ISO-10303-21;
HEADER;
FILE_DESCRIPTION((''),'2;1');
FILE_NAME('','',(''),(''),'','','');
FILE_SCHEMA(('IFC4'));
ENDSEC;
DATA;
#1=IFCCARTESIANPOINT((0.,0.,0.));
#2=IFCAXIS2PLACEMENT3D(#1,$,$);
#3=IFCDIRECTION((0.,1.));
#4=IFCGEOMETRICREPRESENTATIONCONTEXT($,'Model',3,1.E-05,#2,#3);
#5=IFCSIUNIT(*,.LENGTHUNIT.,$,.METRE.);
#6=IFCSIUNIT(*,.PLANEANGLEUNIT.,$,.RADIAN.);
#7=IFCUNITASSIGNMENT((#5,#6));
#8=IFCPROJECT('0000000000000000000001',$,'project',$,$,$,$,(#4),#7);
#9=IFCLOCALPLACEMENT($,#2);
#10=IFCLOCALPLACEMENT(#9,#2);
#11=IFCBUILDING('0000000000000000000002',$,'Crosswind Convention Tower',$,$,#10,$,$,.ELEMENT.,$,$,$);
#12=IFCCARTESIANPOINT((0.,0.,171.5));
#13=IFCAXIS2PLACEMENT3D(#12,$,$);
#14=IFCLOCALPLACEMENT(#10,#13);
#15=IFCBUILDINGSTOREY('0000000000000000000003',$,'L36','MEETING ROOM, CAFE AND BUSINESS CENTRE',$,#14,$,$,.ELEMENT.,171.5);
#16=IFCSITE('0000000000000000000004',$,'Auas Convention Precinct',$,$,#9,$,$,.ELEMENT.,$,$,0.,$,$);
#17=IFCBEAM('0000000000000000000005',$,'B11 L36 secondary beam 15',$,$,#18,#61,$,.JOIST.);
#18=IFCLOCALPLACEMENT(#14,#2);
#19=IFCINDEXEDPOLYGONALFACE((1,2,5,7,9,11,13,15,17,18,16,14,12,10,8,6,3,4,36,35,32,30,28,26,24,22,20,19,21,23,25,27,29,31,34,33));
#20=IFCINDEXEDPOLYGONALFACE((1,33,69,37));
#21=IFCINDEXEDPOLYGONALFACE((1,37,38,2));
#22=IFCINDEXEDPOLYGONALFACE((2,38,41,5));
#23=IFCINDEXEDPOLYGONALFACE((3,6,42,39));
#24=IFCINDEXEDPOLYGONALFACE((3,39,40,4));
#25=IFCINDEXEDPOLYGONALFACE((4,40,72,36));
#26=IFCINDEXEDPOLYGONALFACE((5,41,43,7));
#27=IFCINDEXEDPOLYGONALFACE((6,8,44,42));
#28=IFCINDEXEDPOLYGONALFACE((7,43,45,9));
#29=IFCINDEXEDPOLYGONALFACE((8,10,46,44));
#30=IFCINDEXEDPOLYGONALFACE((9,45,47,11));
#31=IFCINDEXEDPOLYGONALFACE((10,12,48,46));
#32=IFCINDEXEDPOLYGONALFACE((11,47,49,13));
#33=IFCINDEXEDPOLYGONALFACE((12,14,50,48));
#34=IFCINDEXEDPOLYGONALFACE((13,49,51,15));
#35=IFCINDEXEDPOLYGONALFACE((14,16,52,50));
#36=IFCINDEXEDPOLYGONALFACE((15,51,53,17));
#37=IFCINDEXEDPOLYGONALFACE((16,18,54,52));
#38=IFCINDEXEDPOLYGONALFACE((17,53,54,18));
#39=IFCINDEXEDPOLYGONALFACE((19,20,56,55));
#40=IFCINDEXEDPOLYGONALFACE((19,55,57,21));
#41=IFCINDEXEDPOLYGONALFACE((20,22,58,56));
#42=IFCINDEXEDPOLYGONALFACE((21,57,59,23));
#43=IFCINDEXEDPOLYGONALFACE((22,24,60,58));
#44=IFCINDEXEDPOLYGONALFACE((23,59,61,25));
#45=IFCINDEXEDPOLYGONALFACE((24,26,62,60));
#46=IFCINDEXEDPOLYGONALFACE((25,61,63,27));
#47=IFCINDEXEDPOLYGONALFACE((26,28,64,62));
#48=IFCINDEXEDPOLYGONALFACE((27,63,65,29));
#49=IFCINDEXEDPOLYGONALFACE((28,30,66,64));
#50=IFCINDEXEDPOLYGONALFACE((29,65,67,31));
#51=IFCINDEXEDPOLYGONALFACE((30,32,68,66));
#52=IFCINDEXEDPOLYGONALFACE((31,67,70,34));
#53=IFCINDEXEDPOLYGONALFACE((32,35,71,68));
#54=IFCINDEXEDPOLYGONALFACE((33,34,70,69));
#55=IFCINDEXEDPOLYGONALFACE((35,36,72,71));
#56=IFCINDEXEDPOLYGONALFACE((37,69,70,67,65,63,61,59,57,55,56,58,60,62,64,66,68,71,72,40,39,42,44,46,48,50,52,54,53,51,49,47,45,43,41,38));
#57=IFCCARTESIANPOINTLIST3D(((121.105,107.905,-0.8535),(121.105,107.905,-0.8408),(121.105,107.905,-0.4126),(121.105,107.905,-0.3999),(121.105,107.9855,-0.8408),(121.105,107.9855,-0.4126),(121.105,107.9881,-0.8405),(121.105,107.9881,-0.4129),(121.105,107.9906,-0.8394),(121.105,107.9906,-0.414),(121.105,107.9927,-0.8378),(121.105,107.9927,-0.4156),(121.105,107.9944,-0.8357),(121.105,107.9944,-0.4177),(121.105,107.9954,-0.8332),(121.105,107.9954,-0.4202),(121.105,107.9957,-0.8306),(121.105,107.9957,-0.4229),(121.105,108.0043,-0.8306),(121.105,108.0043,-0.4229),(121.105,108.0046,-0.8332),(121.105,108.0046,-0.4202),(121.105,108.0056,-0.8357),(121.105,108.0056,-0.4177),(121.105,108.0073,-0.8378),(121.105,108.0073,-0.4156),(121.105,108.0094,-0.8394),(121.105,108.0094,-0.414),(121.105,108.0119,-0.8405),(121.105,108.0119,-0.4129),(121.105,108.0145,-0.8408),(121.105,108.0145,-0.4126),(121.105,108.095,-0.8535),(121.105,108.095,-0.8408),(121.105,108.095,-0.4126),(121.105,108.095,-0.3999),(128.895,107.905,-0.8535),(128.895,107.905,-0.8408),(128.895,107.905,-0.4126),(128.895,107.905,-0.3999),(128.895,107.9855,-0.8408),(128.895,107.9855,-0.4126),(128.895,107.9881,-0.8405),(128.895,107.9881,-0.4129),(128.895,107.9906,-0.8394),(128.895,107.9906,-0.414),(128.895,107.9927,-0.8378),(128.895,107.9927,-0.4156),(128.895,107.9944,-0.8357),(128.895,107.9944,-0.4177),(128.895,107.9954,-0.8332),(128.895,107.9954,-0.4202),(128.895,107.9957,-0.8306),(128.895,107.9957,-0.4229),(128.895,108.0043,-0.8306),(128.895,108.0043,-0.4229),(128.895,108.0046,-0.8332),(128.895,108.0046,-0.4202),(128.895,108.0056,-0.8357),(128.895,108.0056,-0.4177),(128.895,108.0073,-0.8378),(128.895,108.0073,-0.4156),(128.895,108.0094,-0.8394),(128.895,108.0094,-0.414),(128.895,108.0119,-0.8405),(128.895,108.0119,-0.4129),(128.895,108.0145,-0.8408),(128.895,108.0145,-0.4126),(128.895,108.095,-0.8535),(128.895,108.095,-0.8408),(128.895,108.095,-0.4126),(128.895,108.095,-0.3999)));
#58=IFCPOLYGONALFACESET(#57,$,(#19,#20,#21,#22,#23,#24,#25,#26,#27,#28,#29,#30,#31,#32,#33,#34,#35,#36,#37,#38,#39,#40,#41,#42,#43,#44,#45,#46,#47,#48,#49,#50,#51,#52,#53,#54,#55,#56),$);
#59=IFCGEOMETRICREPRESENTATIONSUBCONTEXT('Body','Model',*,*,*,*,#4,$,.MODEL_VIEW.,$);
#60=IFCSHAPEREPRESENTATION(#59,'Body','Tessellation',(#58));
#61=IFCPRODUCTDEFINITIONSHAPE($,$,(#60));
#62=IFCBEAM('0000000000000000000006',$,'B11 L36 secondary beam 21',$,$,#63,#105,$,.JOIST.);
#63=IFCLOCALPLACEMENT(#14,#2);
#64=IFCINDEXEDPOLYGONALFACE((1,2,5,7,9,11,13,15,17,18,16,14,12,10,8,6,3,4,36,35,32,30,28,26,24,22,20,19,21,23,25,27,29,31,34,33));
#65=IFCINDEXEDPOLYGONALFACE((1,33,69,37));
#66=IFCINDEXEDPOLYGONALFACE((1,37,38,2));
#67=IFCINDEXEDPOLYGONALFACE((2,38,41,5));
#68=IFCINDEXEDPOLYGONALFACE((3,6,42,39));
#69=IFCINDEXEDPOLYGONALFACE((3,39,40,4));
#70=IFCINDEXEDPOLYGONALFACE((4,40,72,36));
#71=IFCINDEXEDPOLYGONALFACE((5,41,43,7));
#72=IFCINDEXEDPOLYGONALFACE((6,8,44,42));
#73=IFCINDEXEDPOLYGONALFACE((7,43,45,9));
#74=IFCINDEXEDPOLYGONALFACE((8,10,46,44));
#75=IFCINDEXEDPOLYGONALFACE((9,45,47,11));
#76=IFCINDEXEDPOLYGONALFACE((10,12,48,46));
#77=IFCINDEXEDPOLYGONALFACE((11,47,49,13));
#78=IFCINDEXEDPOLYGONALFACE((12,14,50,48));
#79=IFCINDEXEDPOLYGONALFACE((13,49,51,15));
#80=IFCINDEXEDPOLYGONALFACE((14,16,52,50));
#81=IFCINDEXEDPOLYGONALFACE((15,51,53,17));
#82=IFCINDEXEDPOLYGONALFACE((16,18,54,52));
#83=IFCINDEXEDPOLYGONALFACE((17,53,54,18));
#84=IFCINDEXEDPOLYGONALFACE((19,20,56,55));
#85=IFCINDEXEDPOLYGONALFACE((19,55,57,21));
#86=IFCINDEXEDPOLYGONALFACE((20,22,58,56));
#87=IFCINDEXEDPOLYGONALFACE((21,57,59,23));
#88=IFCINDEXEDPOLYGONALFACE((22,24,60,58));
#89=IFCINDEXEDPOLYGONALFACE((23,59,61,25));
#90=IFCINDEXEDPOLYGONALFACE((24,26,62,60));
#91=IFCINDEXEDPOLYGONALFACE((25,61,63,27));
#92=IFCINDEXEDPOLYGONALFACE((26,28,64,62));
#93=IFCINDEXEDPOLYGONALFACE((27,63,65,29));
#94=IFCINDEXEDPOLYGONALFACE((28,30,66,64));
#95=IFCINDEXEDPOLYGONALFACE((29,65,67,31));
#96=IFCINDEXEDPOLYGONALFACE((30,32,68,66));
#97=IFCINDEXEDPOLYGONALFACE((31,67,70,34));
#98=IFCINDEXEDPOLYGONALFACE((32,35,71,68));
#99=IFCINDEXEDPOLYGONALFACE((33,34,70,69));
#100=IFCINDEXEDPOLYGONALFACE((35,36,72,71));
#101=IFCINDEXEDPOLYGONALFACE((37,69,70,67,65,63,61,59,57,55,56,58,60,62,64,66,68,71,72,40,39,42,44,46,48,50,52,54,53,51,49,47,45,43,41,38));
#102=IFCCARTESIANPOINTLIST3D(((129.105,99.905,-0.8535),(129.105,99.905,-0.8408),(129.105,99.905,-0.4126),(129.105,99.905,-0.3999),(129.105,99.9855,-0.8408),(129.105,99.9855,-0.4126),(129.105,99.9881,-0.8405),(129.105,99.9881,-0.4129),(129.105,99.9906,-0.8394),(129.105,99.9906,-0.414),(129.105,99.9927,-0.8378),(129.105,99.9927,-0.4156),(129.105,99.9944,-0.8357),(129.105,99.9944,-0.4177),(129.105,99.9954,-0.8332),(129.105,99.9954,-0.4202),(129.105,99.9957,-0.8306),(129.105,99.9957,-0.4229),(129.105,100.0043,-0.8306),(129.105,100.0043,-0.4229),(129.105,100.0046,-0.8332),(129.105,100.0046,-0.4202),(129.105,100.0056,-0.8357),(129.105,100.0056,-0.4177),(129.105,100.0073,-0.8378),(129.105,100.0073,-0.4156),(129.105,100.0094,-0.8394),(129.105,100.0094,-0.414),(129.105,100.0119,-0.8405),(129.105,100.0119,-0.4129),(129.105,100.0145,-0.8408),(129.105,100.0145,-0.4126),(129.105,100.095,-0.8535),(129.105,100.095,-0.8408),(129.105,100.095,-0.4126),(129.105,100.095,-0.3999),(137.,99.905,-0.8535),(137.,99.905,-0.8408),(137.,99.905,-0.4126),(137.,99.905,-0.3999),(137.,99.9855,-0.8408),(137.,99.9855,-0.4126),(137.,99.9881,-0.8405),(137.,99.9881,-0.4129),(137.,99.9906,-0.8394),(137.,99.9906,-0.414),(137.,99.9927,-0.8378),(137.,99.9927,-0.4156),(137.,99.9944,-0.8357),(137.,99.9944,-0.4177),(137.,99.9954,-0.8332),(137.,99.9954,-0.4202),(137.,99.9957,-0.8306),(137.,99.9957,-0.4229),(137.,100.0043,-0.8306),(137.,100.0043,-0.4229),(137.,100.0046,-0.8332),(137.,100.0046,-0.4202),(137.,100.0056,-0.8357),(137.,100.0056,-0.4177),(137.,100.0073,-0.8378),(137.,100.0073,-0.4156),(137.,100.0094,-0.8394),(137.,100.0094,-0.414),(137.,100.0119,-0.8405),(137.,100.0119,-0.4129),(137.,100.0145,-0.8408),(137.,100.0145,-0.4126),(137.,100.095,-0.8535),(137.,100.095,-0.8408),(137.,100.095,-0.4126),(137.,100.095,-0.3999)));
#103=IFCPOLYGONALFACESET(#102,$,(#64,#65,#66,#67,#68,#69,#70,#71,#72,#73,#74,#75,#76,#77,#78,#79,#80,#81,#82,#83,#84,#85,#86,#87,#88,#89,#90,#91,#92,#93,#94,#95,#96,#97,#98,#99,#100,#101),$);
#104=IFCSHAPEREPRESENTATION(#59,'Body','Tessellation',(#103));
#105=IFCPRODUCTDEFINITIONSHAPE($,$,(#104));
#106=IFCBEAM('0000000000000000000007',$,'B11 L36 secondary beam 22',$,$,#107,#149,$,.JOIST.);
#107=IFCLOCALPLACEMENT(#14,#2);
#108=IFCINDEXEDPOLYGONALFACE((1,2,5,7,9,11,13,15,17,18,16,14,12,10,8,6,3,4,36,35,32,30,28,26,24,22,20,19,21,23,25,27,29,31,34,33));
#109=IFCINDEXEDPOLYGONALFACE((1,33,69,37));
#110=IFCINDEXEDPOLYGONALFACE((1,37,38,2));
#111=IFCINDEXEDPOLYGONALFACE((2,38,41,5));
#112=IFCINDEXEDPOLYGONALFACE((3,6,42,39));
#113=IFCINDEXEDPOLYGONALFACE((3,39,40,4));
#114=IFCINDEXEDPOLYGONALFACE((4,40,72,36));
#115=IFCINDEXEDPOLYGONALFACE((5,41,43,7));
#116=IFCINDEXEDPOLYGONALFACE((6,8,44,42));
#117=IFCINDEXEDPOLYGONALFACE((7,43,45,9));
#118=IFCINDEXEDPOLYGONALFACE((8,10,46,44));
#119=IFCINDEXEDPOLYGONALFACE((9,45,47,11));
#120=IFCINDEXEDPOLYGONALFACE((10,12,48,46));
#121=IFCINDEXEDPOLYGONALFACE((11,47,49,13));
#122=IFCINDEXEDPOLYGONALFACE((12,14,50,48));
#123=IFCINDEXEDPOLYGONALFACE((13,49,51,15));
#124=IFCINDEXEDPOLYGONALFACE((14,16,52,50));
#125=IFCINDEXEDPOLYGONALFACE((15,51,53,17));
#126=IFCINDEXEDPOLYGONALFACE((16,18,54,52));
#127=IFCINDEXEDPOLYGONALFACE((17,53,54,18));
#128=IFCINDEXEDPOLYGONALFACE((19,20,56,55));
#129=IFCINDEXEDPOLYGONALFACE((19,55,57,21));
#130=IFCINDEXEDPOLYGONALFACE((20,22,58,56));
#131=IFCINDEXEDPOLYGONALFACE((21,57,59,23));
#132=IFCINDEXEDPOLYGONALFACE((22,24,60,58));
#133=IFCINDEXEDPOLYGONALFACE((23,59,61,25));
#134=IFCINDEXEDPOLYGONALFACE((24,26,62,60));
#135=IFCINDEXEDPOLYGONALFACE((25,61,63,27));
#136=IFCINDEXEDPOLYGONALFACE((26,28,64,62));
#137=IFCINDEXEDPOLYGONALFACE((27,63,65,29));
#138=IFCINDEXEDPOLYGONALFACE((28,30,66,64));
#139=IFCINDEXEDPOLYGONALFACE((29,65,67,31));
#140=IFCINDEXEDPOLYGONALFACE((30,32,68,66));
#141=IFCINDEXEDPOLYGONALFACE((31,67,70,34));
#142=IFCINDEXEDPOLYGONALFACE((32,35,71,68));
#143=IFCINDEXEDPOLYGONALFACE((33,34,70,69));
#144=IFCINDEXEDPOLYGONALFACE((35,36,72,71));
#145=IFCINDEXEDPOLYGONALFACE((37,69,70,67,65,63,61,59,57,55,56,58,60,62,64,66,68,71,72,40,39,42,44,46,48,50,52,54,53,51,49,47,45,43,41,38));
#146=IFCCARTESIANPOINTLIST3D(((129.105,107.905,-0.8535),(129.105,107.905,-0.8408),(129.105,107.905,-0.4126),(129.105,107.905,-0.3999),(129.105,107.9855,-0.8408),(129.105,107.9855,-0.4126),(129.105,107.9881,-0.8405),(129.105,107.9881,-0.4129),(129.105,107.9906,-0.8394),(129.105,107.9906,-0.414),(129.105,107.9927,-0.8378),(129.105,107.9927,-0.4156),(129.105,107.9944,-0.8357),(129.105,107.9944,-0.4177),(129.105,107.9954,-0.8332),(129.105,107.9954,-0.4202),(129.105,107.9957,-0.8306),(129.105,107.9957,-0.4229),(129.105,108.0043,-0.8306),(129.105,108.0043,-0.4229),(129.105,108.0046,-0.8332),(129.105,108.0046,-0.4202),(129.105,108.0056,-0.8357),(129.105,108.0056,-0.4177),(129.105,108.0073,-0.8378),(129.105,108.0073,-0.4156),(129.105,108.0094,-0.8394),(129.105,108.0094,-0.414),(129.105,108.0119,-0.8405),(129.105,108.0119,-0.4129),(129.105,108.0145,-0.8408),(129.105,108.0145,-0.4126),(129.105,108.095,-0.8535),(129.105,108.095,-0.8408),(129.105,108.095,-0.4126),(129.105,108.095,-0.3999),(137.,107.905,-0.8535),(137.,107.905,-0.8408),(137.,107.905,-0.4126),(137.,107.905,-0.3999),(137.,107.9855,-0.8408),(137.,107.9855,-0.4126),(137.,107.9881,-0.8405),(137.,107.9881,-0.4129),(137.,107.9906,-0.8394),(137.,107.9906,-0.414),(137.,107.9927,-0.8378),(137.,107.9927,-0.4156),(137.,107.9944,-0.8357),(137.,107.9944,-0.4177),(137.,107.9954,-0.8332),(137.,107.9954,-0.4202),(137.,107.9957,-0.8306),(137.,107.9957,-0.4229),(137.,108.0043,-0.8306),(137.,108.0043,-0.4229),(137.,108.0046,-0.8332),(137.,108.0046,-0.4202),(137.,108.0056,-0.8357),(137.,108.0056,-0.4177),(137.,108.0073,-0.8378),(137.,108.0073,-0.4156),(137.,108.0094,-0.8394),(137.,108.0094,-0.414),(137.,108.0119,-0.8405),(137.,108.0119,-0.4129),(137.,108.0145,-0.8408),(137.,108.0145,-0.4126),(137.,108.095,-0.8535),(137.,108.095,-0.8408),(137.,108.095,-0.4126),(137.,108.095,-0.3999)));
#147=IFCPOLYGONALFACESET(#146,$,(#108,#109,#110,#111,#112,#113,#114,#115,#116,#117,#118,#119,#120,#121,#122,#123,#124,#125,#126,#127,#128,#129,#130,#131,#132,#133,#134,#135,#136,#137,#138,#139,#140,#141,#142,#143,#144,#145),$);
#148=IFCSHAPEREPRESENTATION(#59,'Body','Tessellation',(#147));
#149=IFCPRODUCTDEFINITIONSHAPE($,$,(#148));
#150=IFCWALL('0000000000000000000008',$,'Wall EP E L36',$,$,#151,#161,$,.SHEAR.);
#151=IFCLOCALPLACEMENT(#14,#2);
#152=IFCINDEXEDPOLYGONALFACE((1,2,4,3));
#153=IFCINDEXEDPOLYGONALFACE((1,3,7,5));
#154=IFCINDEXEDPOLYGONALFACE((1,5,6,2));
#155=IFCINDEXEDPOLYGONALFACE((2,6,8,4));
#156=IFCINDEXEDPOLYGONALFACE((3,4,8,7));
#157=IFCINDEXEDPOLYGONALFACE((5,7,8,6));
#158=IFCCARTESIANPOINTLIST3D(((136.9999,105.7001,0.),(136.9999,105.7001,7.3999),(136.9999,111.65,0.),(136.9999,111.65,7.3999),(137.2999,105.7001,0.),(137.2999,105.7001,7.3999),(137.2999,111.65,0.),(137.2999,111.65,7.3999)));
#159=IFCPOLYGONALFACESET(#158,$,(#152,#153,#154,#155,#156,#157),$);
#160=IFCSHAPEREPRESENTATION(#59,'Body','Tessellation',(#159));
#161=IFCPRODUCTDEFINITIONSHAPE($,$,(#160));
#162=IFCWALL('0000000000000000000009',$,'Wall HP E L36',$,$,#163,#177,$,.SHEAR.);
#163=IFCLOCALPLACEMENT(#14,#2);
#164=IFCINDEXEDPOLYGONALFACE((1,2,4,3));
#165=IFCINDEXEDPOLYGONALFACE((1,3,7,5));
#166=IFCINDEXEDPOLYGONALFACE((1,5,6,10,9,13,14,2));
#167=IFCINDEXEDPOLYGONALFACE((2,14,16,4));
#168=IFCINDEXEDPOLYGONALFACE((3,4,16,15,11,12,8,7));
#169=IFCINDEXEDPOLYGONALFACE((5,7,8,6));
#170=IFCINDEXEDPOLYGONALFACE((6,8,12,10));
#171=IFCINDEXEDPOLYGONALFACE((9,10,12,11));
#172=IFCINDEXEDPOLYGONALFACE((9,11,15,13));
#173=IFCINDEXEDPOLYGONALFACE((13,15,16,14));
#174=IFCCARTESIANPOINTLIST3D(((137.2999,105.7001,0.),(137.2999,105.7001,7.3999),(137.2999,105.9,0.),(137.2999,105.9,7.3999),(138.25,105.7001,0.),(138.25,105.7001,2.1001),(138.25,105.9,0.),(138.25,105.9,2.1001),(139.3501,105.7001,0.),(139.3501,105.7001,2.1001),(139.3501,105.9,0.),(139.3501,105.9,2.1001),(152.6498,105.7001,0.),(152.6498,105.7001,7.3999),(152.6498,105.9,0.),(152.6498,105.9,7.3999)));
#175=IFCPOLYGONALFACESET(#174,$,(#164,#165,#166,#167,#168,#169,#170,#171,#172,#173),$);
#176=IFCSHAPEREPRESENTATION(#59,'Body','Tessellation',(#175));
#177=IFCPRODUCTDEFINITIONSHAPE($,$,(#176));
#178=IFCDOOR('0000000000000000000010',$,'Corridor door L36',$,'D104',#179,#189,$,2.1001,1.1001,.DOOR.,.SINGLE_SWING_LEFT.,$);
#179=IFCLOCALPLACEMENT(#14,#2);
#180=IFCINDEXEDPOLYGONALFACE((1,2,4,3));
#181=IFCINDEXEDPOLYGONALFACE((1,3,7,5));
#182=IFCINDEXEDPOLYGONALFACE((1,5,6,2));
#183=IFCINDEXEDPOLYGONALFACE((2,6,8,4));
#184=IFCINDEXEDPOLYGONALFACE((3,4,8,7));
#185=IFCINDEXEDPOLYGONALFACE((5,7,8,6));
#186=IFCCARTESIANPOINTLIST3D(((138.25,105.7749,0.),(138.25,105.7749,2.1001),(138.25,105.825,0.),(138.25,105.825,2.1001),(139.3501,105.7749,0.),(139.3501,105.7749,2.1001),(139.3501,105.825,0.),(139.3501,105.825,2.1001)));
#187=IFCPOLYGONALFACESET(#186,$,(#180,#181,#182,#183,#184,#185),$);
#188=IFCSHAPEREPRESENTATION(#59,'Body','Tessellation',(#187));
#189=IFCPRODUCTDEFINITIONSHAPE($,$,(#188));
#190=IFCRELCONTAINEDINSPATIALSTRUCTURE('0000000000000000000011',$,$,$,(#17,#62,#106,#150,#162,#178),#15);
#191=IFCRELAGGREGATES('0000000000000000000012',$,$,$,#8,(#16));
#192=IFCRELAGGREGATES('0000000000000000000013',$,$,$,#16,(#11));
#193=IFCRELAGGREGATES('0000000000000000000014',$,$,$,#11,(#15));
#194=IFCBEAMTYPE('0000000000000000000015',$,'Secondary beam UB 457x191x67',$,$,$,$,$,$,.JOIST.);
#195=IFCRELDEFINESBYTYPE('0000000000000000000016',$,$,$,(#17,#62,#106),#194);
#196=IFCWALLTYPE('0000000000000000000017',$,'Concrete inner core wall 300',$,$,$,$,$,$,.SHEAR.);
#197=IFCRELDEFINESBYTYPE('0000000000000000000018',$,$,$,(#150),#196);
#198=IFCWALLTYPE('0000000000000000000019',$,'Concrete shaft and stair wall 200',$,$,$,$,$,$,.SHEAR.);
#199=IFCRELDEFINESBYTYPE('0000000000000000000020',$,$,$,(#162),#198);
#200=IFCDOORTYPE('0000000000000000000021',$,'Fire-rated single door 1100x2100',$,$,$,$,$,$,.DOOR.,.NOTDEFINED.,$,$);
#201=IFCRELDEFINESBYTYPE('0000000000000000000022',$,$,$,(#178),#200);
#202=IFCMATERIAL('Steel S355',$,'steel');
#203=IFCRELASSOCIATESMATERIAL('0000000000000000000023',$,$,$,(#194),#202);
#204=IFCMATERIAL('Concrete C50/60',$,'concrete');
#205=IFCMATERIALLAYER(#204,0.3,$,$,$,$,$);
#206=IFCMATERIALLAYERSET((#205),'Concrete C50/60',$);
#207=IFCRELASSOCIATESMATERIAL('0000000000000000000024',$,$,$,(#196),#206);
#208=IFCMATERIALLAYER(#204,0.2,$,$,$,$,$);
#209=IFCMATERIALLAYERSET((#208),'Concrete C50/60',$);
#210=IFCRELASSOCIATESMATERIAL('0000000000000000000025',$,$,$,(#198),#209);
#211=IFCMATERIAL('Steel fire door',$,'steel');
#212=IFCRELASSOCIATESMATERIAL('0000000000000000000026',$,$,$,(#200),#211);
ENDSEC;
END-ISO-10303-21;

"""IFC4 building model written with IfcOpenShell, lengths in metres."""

from ifc_helpers import new_model, si_unit, direction, frame, frame_2d, origin, origin_2d, place, context, subcontext, project, spatial, rectangle, i_section, extrude, material, layer, layer_set, material_profile, profile_set, type_object, element, fill, save


model = new_model("IFC4")

# Units and contexts
model_context = context("Model", 3, precision=1e-05, world=origin(), true_north=direction((0.0, 1.0)))
body_context = subcontext(model_context, "Body", "Model", "MODEL_VIEW")
ifc_project = project(units=[si_unit("LENGTHUNIT", "METRE"), si_unit("PLANEANGLEUNIT", "RADIAN")], contexts=[model_context])

# Site, building, storey
site_placement = place(None, origin())
site = spatial("IfcSite", under=ifc_project, at=site_placement, Name="Auas Convention Precinct", CompositionType="ELEMENT", RefElevation=0.0)
building_placement = place(site_placement, origin())
building = spatial("IfcBuilding", under=site, at=building_placement, Name="Crosswind Convention Tower", CompositionType="ELEMENT")
storey_placement = place(building_placement, frame((0.0, 0.0, 171.5)))
storey = spatial("IfcBuildingStorey", under=building, at=storey_placement, Name="L36", Description="MEETING ROOM, CAFE AND BUSINESS CENTRE", CompositionType="ELEMENT", Elevation=171.5)

# Beams
ifc_material_1 = material(Name="Steel S355", Category="steel")
ifc_material_profile_1 = material_profile(ifc_material_1, i_section(OverallWidth=0.1899, OverallDepth=0.4536, WebThickness=0.0085, FlangeThickness=0.0127, FilletRadius=0.0103, at=origin_2d()), Name="UB 457x191x67")
ifc_profile_set_1 = profile_set([ifc_material_profile_1], Name="Steel S355")
beam_type_1 = type_object("IfcBeamType", Name="Secondary beam UB 457x191x67", PredefinedType="JOIST", material=ifc_profile_set_1)
for number, where, z_axis, x_axis, name in (
    (1, (121.105, 108.0, -0.6267), (1.0, 0.0, 0.0), (0.0, 1.0, 0.0), "B11 L36 secondary beam 15"),
):
    element("IfcBeam", number, at=place(storey_placement, frame(where, z_axis=z_axis, x_axis=x_axis)), inside=storey, type_object=beam_type_1, Name=name, PredefinedType="JOIST", context=body_context, shape_type="SweptSolid", body=[
        extrude(i_section(OverallWidth=0.1899, OverallDepth=0.4536, WebThickness=0.0085, FlangeThickness=0.0127, FilletRadius=0.0103, at=origin_2d()), origin(), (0.0, 0.0, 1.0), 7.79),
    ])
for number, where, z_axis, x_axis, name in (
    (2, (129.105, 100.0, -0.6267), (1.0, 0.0, 0.0), (0.0, 1.0, 0.0), "B11 L36 secondary beam 21"),
    (3, (129.105, 108.0, -0.6267), (1.0, 0.0, 0.0), (0.0, 1.0, 0.0), "B11 L36 secondary beam 22"),
):
    element("IfcBeam", number, at=place(storey_placement, frame(where, z_axis=z_axis, x_axis=x_axis)), inside=storey, type_object=beam_type_1, Name=name, PredefinedType="JOIST", context=body_context, shape_type="SweptSolid", body=[
        extrude(i_section(OverallWidth=0.1899, OverallDepth=0.4536, WebThickness=0.0085, FlangeThickness=0.0127, FilletRadius=0.0103, at=origin_2d()), origin(), (0.0, 0.0, 1.0), 7.895),
    ])

# Wall
ifc_material_2 = material(Name="Concrete C50/60", Category="concrete")
ifc_layer_1 = layer(ifc_material_2, 0.3)
ifc_layer_set_1 = layer_set([ifc_layer_1], Name="Concrete C50/60")
wall_type_1 = type_object("IfcWallType", Name="Concrete inner core wall 300", PredefinedType="SHEAR", material=ifc_layer_set_1)
wall_1_placement = place(storey_placement, frame((137.1499, 105.7, 0.0), z_axis=(0.0, 0.0, 1.0), x_axis=(0.0, 1.0, 0.0)))
element("IfcWall", 4, at=wall_1_placement, inside=storey, type_object=wall_type_1, Name="Wall EP E L36", PredefinedType="SHEAR", context=body_context, shape_type="SweptSolid", body=[
    extrude(rectangle(XDim=5.95, YDim=0.3, at=frame_2d((2.9751, 0.0))), origin(), (0.0, 0.0, 1.0), 7.3999),
])

# Wall, opening, door
ifc_layer_2 = layer(ifc_material_2, 0.2)
ifc_layer_set_2 = layer_set([ifc_layer_2], Name="Concrete C50/60")
wall_type_2 = type_object("IfcWallType", Name="Concrete shaft and stair wall 200", PredefinedType="SHEAR", material=ifc_layer_set_2)
wall_2_placement = place(storey_placement, frame((137.3, 105.8, 0.0), z_axis=(0.0, 0.0, 1.0), x_axis=(1.0, 0.0, 0.0)))
wall_2 = element("IfcWall", 5, at=wall_2_placement, inside=storey, type_object=wall_type_2, Name="Wall HP E L36", PredefinedType="SHEAR", context=body_context, shape_type="SweptSolid", body=[
    extrude(rectangle(XDim=15.3499, YDim=0.2, at=frame_2d((7.6748, 0.0))), origin(), (0.0, 0.0, 1.0), 7.3999),
])
opening_1_placement = place(wall_2_placement, frame((0.95, 0.0, 0.0)))
opening_1 = element("IfcOpeningElement", 6, at=opening_1_placement, cuts=wall_2, PredefinedType="OPENING", context=body_context, shape_type="SweptSolid", body=[
    extrude(rectangle(XDim=1.1001, YDim=2.1001, at=frame_2d((0.55, 1.05))), frame((0.0, 0.1099, 0.0), z_axis=(0.0, -1.0, 0.0), x_axis=(1.0, 0.0, 0.0)), (0.0, 0.0, 1.0), 0.22),
])
ifc_material_3 = material(Name="Steel fire door", Category="steel")
door_type_1 = type_object("IfcDoorType", Name="Fire-rated single door 1100x2100", OperationType="NOTDEFINED", PredefinedType="DOOR", material=ifc_material_3)
door_1_placement = place(opening_1_placement, origin())
door_1 = element("IfcDoor", 7, at=door_1_placement, inside=storey, type_object=door_type_1, Name="Corridor door L36", ObjectType="D104", OperationType="SINGLE_SWING_LEFT", OverallHeight=2.1001, OverallWidth=1.1001, PredefinedType="DOOR", context=body_context, shape_type="SweptSolid", body=[
    extrude(rectangle(XDim=1.1001, YDim=2.1001, at=frame_2d((0.55, 1.05))), frame((0.0, 0.0249, 0.0), z_axis=(0.0, -1.0, 0.0), x_axis=(1.0, 0.0, 0.0)), (0.0, 0.0, 1.0), 0.05),
])
fill(opening_1, door_1)

save(model, "model.ifc")
